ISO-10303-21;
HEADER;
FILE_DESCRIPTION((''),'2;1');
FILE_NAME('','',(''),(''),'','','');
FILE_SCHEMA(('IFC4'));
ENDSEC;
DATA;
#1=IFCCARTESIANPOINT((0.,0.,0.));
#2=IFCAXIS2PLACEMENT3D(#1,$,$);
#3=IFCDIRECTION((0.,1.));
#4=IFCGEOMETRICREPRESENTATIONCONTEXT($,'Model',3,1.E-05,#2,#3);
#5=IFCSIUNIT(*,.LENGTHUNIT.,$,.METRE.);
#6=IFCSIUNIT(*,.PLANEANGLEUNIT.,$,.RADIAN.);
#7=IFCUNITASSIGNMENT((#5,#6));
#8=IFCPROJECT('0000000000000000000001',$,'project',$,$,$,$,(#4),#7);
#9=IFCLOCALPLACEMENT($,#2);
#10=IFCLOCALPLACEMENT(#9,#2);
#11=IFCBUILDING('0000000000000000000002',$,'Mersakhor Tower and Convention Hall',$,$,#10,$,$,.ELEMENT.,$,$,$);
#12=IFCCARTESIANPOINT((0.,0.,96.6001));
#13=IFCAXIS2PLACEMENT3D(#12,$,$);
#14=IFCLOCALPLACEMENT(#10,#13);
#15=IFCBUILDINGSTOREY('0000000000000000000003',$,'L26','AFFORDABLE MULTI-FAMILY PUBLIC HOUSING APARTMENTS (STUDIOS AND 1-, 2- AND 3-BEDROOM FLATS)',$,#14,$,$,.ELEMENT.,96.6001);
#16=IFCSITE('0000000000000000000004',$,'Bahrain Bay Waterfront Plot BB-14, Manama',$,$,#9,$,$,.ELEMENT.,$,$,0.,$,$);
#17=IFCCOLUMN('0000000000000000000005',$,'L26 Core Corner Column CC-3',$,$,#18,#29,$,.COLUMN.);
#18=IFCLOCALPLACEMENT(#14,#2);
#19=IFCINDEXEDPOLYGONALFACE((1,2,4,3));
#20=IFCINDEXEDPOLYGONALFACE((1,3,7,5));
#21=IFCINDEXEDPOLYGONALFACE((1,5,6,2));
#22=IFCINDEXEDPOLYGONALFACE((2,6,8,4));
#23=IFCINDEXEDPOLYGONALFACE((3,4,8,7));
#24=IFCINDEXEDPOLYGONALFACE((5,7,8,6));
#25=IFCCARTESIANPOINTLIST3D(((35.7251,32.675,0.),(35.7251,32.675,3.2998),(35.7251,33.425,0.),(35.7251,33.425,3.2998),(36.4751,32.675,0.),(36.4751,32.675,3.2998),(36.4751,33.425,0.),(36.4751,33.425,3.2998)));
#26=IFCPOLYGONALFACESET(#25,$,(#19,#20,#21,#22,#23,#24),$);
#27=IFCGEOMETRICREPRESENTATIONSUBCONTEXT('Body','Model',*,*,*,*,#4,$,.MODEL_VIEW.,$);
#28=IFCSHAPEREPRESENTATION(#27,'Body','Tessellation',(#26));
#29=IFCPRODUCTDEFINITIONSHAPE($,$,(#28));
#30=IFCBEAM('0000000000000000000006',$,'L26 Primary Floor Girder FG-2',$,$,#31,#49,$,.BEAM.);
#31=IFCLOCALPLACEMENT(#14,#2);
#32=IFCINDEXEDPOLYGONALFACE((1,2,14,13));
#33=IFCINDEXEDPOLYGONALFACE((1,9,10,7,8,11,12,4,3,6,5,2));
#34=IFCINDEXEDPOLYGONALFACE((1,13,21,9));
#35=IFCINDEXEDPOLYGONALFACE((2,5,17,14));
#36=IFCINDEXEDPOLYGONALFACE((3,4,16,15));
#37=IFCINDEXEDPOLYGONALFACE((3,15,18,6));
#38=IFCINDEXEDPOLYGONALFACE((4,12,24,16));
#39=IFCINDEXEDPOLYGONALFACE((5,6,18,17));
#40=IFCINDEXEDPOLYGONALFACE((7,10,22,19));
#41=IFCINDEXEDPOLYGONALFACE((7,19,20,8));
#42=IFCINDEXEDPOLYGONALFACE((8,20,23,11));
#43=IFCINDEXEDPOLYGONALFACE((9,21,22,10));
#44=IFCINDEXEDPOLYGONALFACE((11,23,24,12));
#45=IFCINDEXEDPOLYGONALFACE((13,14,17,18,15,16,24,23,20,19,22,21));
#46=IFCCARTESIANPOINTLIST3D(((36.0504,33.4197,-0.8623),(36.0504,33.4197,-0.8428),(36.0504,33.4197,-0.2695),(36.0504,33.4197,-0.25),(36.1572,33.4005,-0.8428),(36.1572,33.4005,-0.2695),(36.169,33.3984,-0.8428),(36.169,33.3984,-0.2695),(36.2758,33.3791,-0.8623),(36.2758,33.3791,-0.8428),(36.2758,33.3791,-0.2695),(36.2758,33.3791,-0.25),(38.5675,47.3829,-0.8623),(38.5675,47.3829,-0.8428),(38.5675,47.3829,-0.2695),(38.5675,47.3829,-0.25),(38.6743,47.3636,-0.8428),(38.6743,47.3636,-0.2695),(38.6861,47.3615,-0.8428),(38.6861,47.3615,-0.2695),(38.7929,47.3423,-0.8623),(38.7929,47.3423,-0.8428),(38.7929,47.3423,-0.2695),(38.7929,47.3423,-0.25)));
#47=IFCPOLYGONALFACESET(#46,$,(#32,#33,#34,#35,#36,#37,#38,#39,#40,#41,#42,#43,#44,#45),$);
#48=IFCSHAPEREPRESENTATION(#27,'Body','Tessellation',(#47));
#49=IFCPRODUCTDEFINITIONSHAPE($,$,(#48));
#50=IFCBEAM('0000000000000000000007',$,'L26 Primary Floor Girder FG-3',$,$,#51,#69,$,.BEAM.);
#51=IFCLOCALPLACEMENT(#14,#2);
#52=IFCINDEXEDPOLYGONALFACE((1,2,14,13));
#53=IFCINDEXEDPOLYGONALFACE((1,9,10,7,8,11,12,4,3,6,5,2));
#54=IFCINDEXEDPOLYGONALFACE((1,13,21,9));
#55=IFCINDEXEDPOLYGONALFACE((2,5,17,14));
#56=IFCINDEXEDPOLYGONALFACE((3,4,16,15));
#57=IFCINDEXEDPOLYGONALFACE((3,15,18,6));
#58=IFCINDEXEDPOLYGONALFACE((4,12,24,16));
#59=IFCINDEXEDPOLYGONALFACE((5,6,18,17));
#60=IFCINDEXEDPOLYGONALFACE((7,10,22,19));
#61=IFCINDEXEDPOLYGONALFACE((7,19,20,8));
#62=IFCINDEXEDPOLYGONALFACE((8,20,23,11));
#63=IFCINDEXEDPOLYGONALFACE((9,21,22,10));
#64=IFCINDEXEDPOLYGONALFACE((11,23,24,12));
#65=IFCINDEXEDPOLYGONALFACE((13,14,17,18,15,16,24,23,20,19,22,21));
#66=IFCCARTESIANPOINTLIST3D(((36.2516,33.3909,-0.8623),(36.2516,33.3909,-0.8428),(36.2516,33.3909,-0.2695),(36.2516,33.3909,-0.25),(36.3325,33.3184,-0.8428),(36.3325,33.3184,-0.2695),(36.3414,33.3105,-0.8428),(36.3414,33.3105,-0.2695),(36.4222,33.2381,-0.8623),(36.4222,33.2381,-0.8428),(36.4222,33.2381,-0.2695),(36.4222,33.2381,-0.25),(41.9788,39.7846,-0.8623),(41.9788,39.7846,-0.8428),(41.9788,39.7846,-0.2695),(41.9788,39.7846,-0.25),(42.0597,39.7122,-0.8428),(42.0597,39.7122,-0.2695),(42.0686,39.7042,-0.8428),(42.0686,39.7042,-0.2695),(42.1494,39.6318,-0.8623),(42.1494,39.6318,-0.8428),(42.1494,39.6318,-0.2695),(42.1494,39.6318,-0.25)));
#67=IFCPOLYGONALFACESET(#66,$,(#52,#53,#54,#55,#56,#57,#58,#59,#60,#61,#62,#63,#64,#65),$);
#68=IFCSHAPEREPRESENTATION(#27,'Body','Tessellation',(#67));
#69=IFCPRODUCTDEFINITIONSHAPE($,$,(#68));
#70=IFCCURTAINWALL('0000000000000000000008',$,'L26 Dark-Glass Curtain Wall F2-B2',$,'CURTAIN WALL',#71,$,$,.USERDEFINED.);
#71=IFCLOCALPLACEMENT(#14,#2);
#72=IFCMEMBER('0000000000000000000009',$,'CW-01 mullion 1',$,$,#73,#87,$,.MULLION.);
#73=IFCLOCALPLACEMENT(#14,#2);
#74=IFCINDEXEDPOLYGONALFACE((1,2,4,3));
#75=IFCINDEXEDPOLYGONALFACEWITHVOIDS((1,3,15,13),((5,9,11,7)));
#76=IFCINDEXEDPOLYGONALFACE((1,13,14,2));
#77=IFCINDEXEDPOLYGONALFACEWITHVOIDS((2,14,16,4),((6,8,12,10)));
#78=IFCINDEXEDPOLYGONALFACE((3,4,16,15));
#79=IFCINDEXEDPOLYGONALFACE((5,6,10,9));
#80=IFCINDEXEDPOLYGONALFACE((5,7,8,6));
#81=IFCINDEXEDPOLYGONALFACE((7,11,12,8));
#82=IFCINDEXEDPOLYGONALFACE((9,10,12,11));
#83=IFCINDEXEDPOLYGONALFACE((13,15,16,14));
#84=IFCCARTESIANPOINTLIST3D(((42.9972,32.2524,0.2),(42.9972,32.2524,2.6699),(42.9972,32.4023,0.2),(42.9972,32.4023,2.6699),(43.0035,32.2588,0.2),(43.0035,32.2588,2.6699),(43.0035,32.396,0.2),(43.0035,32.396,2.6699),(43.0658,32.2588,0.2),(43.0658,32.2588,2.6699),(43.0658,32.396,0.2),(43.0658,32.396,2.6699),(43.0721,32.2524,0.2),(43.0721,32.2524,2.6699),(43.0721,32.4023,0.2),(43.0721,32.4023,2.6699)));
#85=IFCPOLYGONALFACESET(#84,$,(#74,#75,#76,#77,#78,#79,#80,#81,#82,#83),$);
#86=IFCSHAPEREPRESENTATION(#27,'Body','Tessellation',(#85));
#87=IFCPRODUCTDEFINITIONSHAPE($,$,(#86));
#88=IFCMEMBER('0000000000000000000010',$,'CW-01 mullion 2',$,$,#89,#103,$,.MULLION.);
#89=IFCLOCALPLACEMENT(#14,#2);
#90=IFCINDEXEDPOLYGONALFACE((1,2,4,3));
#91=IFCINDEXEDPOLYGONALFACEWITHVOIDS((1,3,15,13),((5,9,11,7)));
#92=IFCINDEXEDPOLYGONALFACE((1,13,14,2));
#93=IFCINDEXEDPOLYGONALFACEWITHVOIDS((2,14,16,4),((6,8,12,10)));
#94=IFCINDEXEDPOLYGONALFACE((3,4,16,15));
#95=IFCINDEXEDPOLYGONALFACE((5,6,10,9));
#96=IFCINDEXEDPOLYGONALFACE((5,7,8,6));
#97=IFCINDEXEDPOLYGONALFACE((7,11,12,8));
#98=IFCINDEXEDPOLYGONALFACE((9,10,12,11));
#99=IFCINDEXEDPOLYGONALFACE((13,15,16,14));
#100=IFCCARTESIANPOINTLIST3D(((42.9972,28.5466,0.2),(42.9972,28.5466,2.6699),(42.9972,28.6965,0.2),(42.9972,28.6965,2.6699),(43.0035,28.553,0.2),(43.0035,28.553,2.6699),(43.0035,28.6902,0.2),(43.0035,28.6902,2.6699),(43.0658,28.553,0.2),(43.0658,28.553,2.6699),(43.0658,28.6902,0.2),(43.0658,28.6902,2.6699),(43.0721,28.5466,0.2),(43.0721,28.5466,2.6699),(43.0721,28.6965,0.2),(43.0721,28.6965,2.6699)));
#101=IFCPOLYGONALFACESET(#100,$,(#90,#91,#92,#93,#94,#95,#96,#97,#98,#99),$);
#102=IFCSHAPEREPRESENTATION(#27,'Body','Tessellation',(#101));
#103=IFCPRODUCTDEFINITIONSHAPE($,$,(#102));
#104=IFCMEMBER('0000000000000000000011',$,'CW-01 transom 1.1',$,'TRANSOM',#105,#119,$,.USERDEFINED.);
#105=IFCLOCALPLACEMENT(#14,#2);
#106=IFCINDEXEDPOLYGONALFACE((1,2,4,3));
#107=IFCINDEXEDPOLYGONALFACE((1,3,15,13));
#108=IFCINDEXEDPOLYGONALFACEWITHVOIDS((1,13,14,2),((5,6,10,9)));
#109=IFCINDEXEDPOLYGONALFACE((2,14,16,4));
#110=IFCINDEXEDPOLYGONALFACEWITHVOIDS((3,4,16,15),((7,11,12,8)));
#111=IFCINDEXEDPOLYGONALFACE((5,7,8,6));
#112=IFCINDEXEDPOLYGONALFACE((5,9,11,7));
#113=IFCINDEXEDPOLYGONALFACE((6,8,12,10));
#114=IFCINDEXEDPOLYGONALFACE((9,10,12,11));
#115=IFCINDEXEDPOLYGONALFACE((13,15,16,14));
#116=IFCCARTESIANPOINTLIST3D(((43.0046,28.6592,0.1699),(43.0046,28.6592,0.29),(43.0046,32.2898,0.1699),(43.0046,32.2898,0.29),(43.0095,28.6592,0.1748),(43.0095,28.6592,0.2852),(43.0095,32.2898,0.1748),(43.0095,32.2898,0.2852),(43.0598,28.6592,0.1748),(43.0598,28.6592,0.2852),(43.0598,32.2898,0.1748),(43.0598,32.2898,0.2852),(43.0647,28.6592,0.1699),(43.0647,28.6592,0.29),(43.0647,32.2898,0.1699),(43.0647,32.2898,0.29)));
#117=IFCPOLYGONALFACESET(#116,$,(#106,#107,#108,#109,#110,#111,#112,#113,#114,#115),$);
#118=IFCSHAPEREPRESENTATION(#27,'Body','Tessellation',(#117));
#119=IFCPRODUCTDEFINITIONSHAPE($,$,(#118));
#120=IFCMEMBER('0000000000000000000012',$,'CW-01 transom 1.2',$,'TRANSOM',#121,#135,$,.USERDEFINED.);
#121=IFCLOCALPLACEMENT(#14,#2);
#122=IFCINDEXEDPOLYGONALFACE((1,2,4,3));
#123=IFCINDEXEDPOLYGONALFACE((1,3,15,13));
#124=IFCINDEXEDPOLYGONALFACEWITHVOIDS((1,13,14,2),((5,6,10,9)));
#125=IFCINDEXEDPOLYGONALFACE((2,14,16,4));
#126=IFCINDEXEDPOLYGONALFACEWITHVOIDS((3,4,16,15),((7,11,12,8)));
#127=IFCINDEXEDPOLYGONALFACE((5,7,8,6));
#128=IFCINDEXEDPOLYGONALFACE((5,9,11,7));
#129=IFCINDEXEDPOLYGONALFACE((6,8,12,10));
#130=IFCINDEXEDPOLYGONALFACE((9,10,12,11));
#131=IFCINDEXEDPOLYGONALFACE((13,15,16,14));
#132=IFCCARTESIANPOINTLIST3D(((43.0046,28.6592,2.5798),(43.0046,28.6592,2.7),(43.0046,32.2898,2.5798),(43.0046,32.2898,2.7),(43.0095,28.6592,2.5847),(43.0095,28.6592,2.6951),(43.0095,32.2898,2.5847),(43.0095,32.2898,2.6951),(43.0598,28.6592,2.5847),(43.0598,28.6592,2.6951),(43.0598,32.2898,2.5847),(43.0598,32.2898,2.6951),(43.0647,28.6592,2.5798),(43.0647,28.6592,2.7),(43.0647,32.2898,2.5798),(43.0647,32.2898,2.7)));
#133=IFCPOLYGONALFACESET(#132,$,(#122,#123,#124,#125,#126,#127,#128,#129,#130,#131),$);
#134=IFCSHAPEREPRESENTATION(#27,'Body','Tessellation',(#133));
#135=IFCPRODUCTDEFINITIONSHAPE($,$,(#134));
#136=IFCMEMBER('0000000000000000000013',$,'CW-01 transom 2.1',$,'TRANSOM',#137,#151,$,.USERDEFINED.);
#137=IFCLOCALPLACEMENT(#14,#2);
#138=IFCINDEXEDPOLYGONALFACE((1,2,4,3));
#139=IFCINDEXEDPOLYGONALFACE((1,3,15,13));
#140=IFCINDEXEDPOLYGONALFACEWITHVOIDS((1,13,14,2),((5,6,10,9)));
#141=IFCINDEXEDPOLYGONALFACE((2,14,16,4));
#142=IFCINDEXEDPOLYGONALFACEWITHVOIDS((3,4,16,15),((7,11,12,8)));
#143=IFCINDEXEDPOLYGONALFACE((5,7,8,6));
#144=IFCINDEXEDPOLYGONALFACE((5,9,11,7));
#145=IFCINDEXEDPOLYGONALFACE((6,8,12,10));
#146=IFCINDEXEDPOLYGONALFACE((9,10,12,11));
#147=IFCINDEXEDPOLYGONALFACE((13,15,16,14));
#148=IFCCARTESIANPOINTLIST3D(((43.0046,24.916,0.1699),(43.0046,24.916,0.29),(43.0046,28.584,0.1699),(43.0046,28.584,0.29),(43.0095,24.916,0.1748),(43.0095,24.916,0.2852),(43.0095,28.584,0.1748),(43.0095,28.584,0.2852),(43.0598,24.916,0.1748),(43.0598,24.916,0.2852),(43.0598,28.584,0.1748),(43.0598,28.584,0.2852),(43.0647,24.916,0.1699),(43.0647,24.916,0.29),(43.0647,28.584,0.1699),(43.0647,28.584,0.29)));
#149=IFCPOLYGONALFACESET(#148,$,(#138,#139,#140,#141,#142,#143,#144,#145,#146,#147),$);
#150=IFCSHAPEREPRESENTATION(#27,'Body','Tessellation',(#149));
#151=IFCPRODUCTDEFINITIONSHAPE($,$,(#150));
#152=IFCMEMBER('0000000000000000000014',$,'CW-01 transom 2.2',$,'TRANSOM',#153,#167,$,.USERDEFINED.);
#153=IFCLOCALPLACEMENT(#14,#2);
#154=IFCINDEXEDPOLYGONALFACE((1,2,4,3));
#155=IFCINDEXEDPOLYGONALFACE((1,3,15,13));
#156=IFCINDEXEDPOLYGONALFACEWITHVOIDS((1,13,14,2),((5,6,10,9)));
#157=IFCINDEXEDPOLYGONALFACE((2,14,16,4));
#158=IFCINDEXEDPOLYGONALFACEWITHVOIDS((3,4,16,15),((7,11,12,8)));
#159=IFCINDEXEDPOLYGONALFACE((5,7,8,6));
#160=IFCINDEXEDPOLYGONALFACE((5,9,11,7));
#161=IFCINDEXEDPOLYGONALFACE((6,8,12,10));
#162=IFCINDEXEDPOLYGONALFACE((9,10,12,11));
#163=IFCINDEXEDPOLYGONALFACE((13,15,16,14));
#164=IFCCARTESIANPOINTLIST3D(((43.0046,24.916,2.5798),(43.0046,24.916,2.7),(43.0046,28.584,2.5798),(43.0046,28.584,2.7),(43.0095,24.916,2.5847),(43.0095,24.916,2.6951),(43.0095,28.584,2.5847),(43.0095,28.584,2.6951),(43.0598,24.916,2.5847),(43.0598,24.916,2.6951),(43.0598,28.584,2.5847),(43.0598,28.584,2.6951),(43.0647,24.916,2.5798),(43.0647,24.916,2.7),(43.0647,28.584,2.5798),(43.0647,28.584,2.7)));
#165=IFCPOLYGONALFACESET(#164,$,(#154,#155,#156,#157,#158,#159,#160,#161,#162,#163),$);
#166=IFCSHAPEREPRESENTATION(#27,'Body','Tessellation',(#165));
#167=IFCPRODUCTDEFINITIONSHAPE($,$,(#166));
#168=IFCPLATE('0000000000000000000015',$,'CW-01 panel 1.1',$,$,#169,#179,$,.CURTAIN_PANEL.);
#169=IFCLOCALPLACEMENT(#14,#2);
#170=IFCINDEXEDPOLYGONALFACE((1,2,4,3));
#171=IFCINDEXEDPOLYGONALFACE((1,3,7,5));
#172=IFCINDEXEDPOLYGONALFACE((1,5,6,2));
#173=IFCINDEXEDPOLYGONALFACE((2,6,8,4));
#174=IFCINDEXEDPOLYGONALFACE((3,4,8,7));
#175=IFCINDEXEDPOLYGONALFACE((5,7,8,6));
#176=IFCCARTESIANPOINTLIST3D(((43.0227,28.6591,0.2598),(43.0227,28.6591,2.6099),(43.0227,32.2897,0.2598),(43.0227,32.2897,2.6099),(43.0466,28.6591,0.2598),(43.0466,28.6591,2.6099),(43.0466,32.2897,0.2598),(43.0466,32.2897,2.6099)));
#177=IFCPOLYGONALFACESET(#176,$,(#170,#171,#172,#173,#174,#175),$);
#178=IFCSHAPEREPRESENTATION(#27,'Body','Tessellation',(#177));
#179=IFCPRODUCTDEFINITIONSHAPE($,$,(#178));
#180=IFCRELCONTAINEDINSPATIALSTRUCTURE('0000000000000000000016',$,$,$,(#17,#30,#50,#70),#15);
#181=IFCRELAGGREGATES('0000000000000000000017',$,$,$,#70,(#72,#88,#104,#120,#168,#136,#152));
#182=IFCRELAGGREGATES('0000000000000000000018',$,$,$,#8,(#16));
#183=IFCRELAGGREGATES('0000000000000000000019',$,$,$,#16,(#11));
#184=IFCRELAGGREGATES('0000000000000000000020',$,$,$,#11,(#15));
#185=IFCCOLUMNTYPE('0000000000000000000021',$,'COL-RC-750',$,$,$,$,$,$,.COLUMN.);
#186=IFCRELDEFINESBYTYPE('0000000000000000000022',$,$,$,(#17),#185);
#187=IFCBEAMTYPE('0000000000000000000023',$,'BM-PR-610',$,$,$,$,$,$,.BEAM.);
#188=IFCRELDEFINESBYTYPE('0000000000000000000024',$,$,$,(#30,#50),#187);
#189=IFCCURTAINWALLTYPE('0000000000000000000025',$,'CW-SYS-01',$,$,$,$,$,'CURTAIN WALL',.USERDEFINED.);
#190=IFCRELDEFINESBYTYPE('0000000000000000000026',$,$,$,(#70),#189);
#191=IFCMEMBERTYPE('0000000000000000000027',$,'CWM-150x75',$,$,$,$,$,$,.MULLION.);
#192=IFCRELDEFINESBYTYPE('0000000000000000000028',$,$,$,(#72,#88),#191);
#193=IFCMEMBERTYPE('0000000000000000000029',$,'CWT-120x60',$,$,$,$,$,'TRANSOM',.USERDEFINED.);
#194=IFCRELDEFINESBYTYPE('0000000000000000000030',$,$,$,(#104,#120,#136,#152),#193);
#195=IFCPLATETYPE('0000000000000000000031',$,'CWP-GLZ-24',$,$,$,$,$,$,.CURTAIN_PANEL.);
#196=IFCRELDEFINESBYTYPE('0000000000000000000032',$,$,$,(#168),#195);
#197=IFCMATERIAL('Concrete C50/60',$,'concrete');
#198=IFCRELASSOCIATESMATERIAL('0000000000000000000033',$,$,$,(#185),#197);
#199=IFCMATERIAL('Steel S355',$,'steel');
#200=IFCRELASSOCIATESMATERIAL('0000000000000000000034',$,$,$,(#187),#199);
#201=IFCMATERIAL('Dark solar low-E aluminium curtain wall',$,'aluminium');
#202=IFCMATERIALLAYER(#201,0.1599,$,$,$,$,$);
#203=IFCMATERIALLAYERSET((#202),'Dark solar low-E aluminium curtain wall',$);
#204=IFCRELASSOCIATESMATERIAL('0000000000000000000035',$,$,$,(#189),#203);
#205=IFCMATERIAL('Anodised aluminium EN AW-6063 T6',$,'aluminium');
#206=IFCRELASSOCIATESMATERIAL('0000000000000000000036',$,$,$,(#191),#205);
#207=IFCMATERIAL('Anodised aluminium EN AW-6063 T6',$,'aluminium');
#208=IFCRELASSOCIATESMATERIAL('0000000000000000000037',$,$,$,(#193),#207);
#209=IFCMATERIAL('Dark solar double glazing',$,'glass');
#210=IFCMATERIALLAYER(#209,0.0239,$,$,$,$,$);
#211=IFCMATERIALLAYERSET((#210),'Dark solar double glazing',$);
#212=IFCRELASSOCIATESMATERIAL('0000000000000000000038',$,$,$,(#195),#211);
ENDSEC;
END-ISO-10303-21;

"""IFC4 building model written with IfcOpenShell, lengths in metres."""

from ifc_helpers import new_model, si_unit, direction, frame, origin, origin_2d, place, context, subcontext, project, spatial, rectangle, hollow_rectangle, i_section, extrude, material, layer, layer_set, material_profile, profile_set, type_object, element, aggregate, save


model = new_model("IFC4")

# Units and contexts
model_context = context("Model", 3, precision=1e-05, world=origin(), true_north=direction((0.0, 1.0)))
body_context = subcontext(model_context, "Body", "Model", "MODEL_VIEW")
ifc_project = project(units=[si_unit("LENGTHUNIT", "METRE"), si_unit("PLANEANGLEUNIT", "RADIAN")], contexts=[model_context])

# Site, building, storey
site_placement = place(None, origin())
site = spatial("IfcSite", under=ifc_project, at=site_placement, Name="Bahrain Bay Waterfront Plot BB-14, Manama", CompositionType="ELEMENT", RefElevation=0.0)
building_placement = place(site_placement, origin())
building = spatial("IfcBuilding", under=site, at=building_placement, Name="Mersakhor Tower and Convention Hall", CompositionType="ELEMENT")
storey_placement = place(building_placement, frame((0.0, 0.0, 96.6001)))
storey = spatial("IfcBuildingStorey", under=building, at=storey_placement, Name="L26", Description="AFFORDABLE MULTI-FAMILY PUBLIC HOUSING APARTMENTS (STUDIOS AND 1-, 2- AND 3-BEDROOM FLATS)", CompositionType="ELEMENT", Elevation=96.6001)

# Column
ifc_material_1 = material(Name="Concrete C50/60", Category="concrete")
ifc_material_profile_1 = material_profile(ifc_material_1, rectangle(XDim=0.75, YDim=0.75, at=origin_2d()), Name="RC 750x750")
ifc_profile_set_1 = profile_set([ifc_material_profile_1], Name="Concrete C50/60")
column_type = type_object("IfcColumnType", Name="COL-RC-750", PredefinedType="COLUMN", material=ifc_profile_set_1)
column_placement = place(storey_placement, frame((36.1001, 33.05, 0.0), z_axis=(0.0, 0.0, 1.0), x_axis=(1.0, 0.0, 0.0)))
element("IfcColumn", 1, at=column_placement, inside=storey, type_object=column_type, Name="L26 Core Corner Column CC-3", PredefinedType="COLUMN", context=body_context, shape_type="SweptSolid", body=[
    extrude(rectangle(XDim=0.75, YDim=0.75, at=origin_2d()), origin(), (0.0, 0.0, 1.0), 3.2998),
])

# Beams
ifc_material_2 = material(Name="Steel S355", Category="steel")
ifc_material_profile_2 = material_profile(ifc_material_2, i_section(OverallWidth=0.229, OverallDepth=0.6123, WebThickness=0.012, FlangeThickness=0.0195, at=origin_2d()), Name="UB 610x229x125")
ifc_profile_set_2 = profile_set([ifc_material_profile_2], Name="Steel S355")
beam_type = type_object("IfcBeamType", Name="BM-PR-610", PredefinedType="BEAM", material=ifc_profile_set_2)
beam_1_placement = place(storey_placement, frame((36.1631, 33.3994, -0.5562), z_axis=(0.177407, 0.984138, 0.0), x_axis=(-0.984138, 0.177407, 0.0)))
element("IfcBeam", 2, at=beam_1_placement, inside=storey, type_object=beam_type, Name="L26 Primary Floor Girder FG-2", PredefinedType="BEAM", context=body_context, shape_type="SweptSolid", body=[
    extrude(i_section(OverallWidth=0.229, OverallDepth=0.6123, WebThickness=0.012, FlangeThickness=0.0195, at=origin_2d()), origin(), (0.0, 0.0, 1.0), 14.1882),
])
beam_2_placement = place(storey_placement, frame((36.3369, 33.3145, -0.5562), z_axis=(0.667217, 0.744863, 0.0), x_axis=(-0.744863, 0.667217, 0.0)))
element("IfcBeam", 3, at=beam_2_placement, inside=storey, type_object=beam_type, Name="L26 Primary Floor Girder FG-3", PredefinedType="BEAM", context=body_context, shape_type="SweptSolid", body=[
    extrude(i_section(OverallWidth=0.229, OverallDepth=0.6123, WebThickness=0.012, FlangeThickness=0.0195, at=origin_2d()), origin(), (0.0, 0.0, 1.0), 8.5837),
])

# Curtain wall, members, plate
ifc_material_3 = material(Name="Dark solar low-E aluminium curtain wall", Category="aluminium")
ifc_layer_1 = layer(ifc_material_3, 0.1599)
ifc_layer_set_1 = layer_set([ifc_layer_1], Name="Dark solar low-E aluminium curtain wall")
curtain_wall_type = type_object("IfcCurtainWallType", Name="CW-SYS-01", ElementType="CURTAIN WALL", PredefinedType="USERDEFINED", material=ifc_layer_set_1)
curtain_wall_placement = place(storey_placement, origin())
curtain_wall = element("IfcCurtainWall", 4, at=curtain_wall_placement, inside=storey, type_object=curtain_wall_type, Name="L26 Dark-Glass Curtain Wall F2-B2", ObjectType="CURTAIN WALL", PredefinedType="USERDEFINED")
ifc_material_4 = material(Name="Anodised aluminium EN AW-6063 T6", Category="aluminium")
ifc_material_profile_3 = material_profile(ifc_material_4, hollow_rectangle(XDim=0.075, YDim=0.1499, WallThickness=0.0063, at=origin_2d()), Name="RHS 150x75x6.3")
ifc_profile_set_3 = profile_set([ifc_material_profile_3], Name="Anodised aluminium EN AW-6063 T6")
member_type_1 = type_object("IfcMemberType", Name="CWM-150x75", PredefinedType="MULLION", material=ifc_profile_set_3)
member_1_placement = place(storey_placement, frame((43.0347, 32.3274, 0.2), z_axis=(0.0, 0.0, 1.0), x_axis=(1.0, 0.0, 0.0)))
member_1 = element("IfcMember", 5, at=member_1_placement, type_object=member_type_1, Name="CW-01 mullion 1", PredefinedType="MULLION", context=body_context, shape_type="SweptSolid", body=[
    extrude(hollow_rectangle(XDim=0.075, YDim=0.1499, WallThickness=0.0063, at=origin_2d()), origin(), (0.0, 0.0, 1.0), 2.47),
])
member_2_placement = place(storey_placement, frame((43.0347, 28.6216, 0.2), z_axis=(0.0, 0.0, 1.0), x_axis=(1.0, 0.0, 0.0)))
member_2 = element("IfcMember", 6, at=member_2_placement, type_object=member_type_1, Name="CW-01 mullion 2", PredefinedType="MULLION", context=body_context, shape_type="SweptSolid", body=[
    extrude(hollow_rectangle(XDim=0.075, YDim=0.1499, WallThickness=0.0063, at=origin_2d()), origin(), (0.0, 0.0, 1.0), 2.47),
])
ifc_material_5 = material(Name="Anodised aluminium EN AW-6063 T6", Category="aluminium")
ifc_material_profile_4 = material_profile(ifc_material_5, hollow_rectangle(XDim=0.0601, YDim=0.1201, WallThickness=0.0049, at=origin_2d()), Name="RHS 120x60x5")
ifc_profile_set_4 = profile_set([ifc_material_profile_4], Name="Anodised aluminium EN AW-6063 T6")
member_type_2 = type_object("IfcMemberType", Name="CWT-120x60", ElementType="TRANSOM", PredefinedType="USERDEFINED", material=ifc_profile_set_4)
member_3_placement = place(storey_placement, frame((43.0347, 32.2898, 0.23), z_axis=(0.0, -1.0, 0.0), x_axis=(1.0, 0.0, 0.0)))
member_3 = element("IfcMember", 7, at=member_3_placement, type_object=member_type_2, Name="CW-01 transom 1.1", ObjectType="TRANSOM", PredefinedType="USERDEFINED", context=body_context, shape_type="SweptSolid", body=[
    extrude(hollow_rectangle(XDim=0.0601, YDim=0.1201, WallThickness=0.0049, at=origin_2d()), origin(), (0.0, 0.0, 1.0), 3.6306),
])
member_4_placement = place(storey_placement, frame((43.0347, 32.2898, 2.6399), z_axis=(0.0, -1.0, 0.0), x_axis=(1.0, 0.0, 0.0)))
member_4 = element("IfcMember", 8, at=member_4_placement, type_object=member_type_2, Name="CW-01 transom 1.2", ObjectType="TRANSOM", PredefinedType="USERDEFINED", context=body_context, shape_type="SweptSolid", body=[
    extrude(hollow_rectangle(XDim=0.0601, YDim=0.1201, WallThickness=0.0049, at=origin_2d()), origin(), (0.0, 0.0, 1.0), 3.6306),
])
member_5_placement = place(storey_placement, frame((43.0347, 28.584, 0.23), z_axis=(0.0, -1.0, 0.0), x_axis=(1.0, 0.0, 0.0)))
member_5 = element("IfcMember", 9, at=member_5_placement, type_object=member_type_2, Name="CW-01 transom 2.1", ObjectType="TRANSOM", PredefinedType="USERDEFINED", context=body_context, shape_type="SweptSolid", body=[
    extrude(hollow_rectangle(XDim=0.0601, YDim=0.1201, WallThickness=0.0049, at=origin_2d()), origin(), (0.0, 0.0, 1.0), 3.668),
])
member_6_placement = place(storey_placement, frame((43.0347, 28.584, 2.6399), z_axis=(0.0, -1.0, 0.0), x_axis=(1.0, 0.0, 0.0)))
member_6 = element("IfcMember", 10, at=member_6_placement, type_object=member_type_2, Name="CW-01 transom 2.2", ObjectType="TRANSOM", PredefinedType="USERDEFINED", context=body_context, shape_type="SweptSolid", body=[
    extrude(hollow_rectangle(XDim=0.0601, YDim=0.1201, WallThickness=0.0049, at=origin_2d()), origin(), (0.0, 0.0, 1.0), 3.668),
])
ifc_material_6 = material(Name="Dark solar double glazing", Category="glass")
ifc_layer_2 = layer(ifc_material_6, 0.0239)
ifc_layer_set_2 = layer_set([ifc_layer_2], Name="Dark solar double glazing")
plate_type_1 = type_object("IfcPlateType", Name="CWP-GLZ-24", PredefinedType="CURTAIN_PANEL", material=ifc_layer_set_2)
plate_1_placement = place(storey_placement, frame((43.0347, 30.4744, 0.2598), z_axis=(0.0, 0.0, 1.0), x_axis=(0.0, -1.0, 0.0)))
plate_1 = element("IfcPlate", 11, at=plate_1_placement, type_object=plate_type_1, Name="CW-01 panel 1.1", PredefinedType="CURTAIN_PANEL", context=body_context, shape_type="SweptSolid", body=[
    extrude(rectangle(XDim=3.6306, YDim=0.0239, at=origin_2d()), origin(), (0.0, 0.0, 1.0), 2.3501),
])
aggregate(curtain_wall, [member_1, member_2, member_3, member_4, plate_1, member_5, member_6])

save(model, "model.ifc")
